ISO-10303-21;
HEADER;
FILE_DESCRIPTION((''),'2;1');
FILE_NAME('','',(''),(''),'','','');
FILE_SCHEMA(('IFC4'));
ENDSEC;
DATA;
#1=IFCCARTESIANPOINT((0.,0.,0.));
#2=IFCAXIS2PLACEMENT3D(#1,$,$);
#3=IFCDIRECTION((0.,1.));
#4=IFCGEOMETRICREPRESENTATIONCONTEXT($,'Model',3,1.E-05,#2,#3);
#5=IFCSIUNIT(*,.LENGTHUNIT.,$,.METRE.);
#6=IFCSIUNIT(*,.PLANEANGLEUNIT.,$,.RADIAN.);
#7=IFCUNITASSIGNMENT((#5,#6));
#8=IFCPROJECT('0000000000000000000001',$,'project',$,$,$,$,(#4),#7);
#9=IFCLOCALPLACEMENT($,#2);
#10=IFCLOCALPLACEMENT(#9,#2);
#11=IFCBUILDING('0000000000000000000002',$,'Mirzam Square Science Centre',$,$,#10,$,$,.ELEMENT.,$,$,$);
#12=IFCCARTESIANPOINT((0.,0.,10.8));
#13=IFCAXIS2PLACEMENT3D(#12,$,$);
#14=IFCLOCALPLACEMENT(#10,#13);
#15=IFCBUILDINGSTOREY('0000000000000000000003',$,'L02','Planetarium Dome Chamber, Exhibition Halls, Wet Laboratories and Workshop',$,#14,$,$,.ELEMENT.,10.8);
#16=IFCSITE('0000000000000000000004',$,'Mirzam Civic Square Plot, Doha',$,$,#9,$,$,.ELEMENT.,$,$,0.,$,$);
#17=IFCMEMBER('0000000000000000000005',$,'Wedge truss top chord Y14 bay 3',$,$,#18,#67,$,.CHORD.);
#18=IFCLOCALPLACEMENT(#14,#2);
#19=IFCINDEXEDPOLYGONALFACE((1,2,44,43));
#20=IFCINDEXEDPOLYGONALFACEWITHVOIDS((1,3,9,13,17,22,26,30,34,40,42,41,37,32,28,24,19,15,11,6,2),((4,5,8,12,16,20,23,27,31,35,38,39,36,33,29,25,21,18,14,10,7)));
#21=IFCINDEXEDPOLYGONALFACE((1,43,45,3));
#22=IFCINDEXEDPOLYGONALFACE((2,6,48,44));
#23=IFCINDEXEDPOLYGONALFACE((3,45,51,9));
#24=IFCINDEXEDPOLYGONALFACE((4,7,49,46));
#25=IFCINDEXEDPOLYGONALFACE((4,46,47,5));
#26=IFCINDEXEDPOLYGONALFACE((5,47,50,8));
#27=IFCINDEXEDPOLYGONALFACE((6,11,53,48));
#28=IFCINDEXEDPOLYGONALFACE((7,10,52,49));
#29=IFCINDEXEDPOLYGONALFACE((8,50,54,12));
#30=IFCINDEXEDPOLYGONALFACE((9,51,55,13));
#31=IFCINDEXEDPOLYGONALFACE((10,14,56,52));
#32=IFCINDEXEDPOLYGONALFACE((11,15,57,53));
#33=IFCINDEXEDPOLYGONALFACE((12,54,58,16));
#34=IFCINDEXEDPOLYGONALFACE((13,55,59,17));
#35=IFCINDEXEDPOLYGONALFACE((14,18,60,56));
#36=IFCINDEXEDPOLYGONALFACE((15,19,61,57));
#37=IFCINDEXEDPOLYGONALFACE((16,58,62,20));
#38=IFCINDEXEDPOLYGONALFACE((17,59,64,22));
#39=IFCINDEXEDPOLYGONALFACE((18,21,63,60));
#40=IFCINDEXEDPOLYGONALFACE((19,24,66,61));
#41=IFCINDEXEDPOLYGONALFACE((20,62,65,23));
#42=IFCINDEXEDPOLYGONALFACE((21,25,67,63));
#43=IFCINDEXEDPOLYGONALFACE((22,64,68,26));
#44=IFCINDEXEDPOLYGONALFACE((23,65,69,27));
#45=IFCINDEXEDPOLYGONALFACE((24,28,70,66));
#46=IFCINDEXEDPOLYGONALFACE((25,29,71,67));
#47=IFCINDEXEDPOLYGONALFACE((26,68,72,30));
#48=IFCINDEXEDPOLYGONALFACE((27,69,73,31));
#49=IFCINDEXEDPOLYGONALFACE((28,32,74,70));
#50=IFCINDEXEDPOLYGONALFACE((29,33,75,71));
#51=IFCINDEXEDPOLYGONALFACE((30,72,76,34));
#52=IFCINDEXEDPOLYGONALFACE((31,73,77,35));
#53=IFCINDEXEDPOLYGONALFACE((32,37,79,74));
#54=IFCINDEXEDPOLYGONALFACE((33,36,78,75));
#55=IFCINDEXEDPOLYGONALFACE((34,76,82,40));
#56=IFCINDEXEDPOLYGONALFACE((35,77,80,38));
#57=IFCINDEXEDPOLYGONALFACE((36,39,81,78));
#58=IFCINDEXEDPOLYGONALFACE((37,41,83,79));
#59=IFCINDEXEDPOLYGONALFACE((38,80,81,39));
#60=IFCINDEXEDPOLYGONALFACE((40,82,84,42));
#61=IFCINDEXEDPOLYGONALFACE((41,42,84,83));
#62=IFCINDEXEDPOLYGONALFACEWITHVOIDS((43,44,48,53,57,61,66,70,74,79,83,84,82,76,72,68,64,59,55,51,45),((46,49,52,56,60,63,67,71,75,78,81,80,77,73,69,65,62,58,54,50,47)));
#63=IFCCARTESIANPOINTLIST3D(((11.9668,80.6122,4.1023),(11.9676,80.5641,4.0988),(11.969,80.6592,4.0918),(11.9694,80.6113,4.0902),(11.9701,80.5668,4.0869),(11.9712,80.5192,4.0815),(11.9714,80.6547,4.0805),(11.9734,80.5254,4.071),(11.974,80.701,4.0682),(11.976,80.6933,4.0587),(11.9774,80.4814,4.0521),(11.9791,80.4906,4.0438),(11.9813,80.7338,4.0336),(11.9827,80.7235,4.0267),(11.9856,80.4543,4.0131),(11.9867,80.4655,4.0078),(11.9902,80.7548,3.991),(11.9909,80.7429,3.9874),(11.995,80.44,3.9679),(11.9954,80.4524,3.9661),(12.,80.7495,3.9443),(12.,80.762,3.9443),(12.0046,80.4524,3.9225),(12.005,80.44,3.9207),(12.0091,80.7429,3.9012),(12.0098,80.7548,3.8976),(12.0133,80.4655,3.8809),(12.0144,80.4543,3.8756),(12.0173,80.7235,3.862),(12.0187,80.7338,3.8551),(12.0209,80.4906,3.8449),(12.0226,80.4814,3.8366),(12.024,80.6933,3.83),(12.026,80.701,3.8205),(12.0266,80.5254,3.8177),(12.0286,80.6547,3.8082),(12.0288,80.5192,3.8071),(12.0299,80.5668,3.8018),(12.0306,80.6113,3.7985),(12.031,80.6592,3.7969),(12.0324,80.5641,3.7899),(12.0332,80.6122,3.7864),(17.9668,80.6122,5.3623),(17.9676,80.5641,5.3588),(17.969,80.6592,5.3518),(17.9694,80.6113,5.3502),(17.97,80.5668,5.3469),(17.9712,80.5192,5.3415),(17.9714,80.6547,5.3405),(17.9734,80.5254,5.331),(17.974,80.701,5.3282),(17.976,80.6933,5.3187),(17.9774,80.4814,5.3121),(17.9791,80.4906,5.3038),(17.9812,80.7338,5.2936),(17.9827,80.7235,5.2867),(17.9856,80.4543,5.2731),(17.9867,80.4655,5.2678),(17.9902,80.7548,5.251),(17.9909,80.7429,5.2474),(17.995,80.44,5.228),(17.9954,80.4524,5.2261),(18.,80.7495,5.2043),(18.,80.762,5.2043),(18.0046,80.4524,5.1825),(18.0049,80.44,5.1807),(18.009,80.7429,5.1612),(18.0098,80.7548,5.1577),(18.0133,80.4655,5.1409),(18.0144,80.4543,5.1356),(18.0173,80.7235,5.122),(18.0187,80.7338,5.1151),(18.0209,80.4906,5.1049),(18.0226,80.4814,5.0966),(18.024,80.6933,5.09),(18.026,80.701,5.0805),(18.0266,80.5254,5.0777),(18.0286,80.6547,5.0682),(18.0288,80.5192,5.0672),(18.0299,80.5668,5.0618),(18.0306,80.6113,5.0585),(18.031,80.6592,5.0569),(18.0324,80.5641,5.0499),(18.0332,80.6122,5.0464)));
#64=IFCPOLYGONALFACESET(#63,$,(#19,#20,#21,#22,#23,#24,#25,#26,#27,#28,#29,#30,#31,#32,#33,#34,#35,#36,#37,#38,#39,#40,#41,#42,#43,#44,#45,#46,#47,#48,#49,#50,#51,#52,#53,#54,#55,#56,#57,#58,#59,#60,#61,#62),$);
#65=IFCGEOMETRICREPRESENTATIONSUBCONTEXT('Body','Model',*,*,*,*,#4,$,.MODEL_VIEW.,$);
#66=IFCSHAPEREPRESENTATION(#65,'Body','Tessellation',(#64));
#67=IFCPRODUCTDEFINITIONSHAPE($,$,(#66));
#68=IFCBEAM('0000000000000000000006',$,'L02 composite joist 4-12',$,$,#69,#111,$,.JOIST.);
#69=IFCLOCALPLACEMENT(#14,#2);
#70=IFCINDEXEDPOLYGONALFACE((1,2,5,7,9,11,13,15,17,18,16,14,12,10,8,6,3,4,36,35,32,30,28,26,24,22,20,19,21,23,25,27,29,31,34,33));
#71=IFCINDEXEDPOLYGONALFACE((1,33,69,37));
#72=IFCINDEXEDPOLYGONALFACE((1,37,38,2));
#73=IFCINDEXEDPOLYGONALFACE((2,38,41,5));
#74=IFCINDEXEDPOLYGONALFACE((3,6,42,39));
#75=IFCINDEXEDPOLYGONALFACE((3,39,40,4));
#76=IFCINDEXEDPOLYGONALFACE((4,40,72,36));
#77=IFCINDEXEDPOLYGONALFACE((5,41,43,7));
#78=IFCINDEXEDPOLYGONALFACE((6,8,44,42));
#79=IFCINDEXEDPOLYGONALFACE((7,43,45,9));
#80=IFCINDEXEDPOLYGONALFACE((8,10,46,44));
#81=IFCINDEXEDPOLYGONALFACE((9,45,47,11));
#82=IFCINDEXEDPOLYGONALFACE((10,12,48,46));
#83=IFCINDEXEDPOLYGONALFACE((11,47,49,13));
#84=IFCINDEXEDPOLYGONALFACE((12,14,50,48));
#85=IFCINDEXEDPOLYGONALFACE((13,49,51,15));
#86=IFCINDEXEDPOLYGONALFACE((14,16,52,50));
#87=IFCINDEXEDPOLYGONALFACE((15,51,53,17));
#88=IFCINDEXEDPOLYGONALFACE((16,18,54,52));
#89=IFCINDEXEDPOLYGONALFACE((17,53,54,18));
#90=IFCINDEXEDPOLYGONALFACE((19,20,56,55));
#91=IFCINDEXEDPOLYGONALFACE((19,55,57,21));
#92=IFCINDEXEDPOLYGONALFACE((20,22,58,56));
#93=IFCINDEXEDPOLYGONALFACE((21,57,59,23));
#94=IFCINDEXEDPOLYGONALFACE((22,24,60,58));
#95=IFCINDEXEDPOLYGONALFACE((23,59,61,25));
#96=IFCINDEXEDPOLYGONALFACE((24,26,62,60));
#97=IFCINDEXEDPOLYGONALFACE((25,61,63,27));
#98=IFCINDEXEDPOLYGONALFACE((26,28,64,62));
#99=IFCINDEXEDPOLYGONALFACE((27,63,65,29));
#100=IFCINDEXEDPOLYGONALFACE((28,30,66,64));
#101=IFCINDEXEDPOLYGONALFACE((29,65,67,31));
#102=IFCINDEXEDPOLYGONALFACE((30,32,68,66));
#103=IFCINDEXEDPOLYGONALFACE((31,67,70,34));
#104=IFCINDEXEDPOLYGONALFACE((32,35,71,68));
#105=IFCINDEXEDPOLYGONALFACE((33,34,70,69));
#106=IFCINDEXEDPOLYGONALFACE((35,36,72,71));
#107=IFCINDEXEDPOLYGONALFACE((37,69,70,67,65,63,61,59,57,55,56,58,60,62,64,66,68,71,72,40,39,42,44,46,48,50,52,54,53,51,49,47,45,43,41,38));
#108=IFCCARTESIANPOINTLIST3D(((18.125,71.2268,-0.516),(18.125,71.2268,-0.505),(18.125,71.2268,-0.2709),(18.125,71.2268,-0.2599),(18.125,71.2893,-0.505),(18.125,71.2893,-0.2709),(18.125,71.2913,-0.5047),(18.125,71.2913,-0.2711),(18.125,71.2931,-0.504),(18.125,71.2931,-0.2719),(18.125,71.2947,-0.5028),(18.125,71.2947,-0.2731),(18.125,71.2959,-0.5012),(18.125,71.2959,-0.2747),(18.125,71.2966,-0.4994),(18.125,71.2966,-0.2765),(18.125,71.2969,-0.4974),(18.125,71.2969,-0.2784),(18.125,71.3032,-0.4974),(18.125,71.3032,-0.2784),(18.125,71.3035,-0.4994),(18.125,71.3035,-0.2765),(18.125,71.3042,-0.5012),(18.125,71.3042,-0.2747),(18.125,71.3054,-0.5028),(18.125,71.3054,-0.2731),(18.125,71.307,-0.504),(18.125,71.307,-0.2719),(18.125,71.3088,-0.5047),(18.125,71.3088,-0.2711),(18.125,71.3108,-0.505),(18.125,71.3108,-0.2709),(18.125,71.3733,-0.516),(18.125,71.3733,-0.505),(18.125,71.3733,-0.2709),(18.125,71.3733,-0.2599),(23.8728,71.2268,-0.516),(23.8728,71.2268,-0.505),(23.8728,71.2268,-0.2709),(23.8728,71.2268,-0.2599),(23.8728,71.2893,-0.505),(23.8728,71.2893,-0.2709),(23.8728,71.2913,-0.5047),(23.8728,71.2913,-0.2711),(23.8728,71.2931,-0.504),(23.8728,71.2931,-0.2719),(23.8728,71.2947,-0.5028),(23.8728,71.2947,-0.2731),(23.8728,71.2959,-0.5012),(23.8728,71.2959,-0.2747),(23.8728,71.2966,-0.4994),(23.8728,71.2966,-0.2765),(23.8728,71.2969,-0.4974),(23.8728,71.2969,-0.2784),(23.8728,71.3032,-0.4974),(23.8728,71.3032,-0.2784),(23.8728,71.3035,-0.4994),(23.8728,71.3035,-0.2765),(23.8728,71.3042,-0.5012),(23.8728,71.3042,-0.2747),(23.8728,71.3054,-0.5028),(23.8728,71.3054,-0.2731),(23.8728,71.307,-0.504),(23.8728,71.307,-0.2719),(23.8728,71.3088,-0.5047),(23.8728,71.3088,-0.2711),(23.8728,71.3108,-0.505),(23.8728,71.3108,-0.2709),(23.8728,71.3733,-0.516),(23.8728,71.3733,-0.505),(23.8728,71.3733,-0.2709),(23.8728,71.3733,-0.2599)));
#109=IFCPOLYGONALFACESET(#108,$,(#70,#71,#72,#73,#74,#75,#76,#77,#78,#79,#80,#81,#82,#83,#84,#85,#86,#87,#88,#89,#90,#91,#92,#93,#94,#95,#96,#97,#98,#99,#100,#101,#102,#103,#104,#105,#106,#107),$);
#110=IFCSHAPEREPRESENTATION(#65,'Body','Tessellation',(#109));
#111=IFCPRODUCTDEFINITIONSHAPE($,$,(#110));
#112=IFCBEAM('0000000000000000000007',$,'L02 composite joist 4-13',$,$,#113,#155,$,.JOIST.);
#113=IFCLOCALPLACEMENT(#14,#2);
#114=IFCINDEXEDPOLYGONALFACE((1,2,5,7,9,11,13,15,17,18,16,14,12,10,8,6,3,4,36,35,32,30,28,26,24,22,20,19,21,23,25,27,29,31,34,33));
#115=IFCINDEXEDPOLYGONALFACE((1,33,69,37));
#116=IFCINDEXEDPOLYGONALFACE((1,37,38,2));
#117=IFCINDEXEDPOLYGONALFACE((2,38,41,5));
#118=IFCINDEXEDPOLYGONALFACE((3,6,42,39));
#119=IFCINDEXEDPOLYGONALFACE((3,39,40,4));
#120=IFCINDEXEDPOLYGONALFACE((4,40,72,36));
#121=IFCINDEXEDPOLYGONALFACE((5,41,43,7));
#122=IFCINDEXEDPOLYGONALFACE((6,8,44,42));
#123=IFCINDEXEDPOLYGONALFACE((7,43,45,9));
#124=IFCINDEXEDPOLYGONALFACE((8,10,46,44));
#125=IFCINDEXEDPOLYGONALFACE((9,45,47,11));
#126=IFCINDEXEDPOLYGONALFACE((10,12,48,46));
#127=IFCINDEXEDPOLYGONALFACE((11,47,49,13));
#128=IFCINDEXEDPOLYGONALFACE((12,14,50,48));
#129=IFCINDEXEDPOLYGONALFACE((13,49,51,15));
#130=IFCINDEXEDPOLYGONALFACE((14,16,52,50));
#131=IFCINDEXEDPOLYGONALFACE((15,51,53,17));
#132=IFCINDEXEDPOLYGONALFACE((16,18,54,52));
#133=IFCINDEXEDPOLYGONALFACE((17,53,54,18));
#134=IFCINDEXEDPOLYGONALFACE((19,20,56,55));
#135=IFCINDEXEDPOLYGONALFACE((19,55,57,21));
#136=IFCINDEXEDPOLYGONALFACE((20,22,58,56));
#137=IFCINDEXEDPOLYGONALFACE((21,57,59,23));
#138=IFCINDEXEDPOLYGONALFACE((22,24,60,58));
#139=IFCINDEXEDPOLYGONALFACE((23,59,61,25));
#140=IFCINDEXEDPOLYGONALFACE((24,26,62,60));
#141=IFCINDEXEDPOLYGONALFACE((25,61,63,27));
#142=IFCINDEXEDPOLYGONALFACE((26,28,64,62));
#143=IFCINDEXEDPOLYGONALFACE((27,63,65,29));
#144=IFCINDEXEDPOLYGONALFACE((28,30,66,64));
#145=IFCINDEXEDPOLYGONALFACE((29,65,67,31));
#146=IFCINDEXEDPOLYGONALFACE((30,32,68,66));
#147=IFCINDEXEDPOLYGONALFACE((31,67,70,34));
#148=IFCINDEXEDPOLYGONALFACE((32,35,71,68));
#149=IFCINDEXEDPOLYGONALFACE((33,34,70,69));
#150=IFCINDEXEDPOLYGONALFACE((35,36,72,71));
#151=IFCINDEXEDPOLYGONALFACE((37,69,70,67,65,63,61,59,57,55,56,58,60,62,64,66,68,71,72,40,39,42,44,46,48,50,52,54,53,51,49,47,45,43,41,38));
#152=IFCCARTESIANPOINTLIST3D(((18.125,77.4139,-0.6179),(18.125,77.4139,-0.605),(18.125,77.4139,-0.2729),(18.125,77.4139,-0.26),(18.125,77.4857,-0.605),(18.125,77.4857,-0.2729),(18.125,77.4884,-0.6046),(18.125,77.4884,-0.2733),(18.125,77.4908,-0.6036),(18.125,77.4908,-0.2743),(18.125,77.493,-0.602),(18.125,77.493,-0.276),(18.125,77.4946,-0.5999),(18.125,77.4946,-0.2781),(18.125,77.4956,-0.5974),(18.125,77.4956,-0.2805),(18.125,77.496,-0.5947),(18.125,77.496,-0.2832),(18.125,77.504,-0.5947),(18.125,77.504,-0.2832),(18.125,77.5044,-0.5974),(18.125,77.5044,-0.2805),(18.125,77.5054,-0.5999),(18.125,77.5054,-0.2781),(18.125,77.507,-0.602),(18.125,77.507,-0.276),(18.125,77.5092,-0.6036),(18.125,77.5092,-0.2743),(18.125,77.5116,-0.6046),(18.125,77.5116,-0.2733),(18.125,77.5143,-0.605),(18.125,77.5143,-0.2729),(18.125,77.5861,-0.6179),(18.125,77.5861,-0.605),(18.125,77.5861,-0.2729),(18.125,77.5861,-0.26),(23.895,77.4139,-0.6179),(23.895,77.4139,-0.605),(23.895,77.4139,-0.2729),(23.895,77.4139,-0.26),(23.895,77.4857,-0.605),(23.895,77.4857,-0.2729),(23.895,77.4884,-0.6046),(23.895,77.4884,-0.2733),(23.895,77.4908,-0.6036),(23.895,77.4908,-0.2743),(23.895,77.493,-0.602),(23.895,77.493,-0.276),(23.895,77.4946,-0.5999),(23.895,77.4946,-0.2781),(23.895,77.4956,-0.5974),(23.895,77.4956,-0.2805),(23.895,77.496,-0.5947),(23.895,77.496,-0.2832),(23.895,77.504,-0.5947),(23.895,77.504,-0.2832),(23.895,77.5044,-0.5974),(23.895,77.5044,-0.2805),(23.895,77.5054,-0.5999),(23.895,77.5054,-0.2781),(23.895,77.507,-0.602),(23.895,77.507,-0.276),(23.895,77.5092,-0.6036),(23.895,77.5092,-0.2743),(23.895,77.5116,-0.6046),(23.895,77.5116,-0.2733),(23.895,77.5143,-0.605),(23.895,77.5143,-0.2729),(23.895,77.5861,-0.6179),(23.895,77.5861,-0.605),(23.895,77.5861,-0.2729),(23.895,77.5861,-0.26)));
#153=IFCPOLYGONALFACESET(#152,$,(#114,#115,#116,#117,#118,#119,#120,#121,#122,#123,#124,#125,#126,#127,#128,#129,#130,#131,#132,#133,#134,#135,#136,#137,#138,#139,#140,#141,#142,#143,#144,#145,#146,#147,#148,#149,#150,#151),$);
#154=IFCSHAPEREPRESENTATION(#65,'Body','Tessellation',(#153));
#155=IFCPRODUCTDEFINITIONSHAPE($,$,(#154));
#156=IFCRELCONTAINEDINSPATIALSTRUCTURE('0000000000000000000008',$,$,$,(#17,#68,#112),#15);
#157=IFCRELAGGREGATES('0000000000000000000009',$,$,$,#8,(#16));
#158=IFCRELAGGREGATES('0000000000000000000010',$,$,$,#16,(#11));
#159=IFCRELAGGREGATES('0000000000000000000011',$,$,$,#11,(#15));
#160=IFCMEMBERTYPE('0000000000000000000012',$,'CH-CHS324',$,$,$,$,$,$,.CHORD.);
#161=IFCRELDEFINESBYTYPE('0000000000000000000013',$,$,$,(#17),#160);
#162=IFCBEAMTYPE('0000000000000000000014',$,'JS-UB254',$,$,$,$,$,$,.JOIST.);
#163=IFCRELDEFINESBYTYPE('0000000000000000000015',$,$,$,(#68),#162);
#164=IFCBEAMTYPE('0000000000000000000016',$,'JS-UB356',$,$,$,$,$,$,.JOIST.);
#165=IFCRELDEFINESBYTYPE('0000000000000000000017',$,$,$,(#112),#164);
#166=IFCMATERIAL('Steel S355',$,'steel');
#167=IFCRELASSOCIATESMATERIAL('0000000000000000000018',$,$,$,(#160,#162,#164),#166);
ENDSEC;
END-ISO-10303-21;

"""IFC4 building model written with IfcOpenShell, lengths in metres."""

from ifc_helpers import new_model, si_unit, direction, frame, origin, origin_2d, place, context, subcontext, project, spatial, hollow_circle, i_section, extrude, material, material_profile, profile_set, type_object, element, save


model = new_model("IFC4")

# Units and contexts
model_context = context("Model", 3, precision=1e-05, world=origin(), true_north=direction((0.0, 1.0)))
body_context = subcontext(model_context, "Body", "Model", "MODEL_VIEW")
ifc_project = project(units=[si_unit("LENGTHUNIT", "METRE"), si_unit("PLANEANGLEUNIT", "RADIAN")], contexts=[model_context])

# Site, building, storey
site_placement = place(None, origin())
site = spatial("IfcSite", under=ifc_project, at=site_placement, Name="Mirzam Civic Square Plot, Doha", CompositionType="ELEMENT", RefElevation=0.0)
building_placement = place(site_placement, origin())
building = spatial("IfcBuilding", under=site, at=building_placement, Name="Mirzam Square Science Centre", CompositionType="ELEMENT")
storey_placement = place(building_placement, frame((0.0, 0.0, 10.8)))
storey = spatial("IfcBuildingStorey", under=building, at=storey_placement, Name="L02", Description="Planetarium Dome Chamber, Exhibition Halls, Wet Laboratories and Workshop", CompositionType="ELEMENT", Elevation=10.8)

# Shared definitions
ifc_material_1 = material(Name="Steel S355", Category="steel")

# Member
ifc_material_profile_1 = material_profile(ifc_material_1, hollow_circle(Radius=0.1619, WallThickness=0.0125, at=origin_2d()), Name="323.9x12.5CHS")
ifc_profile_set_1 = profile_set([ifc_material_profile_1], Name="Steel S355")
member_type_1 = type_object("IfcMemberType", Name="CH-CHS324", PredefinedType="CHORD", material=ifc_profile_set_1)
member_1_placement = place(storey_placement, frame((12.0, 80.6001, 3.9443), z_axis=(0.978653, 0.0, 0.205519), x_axis=(0.0, 1.0, 0.0)))
element("IfcMember", 1, at=member_1_placement, inside=storey, type_object=member_type_1, Name="Wedge truss top chord Y14 bay 3", PredefinedType="CHORD", context=body_context, shape_type="SweptSolid", body=[
    extrude(hollow_circle(Radius=0.1619, WallThickness=0.0125, at=origin_2d()), origin(), (0.0, 0.0, 1.0), 6.1309),
])

# Beams
ifc_material_profile_2 = material_profile(ifc_material_1, i_section(OverallWidth=0.1465, OverallDepth=0.2561, WebThickness=0.0063, FlangeThickness=0.011, FilletRadius=0.0076, at=origin_2d()), Name="254x146x37UB")
ifc_profile_set_2 = profile_set([ifc_material_profile_2], Name="Steel S355")
beam_type_1 = type_object("IfcBeamType", Name="JS-UB254", PredefinedType="JOIST", material=ifc_profile_set_2)
beam_1_placement = place(storey_placement, frame((18.125, 71.3, -0.3879), z_axis=(1.0, 0.0, 0.0), x_axis=(0.0, 1.0, 0.0)))
element("IfcBeam", 2, at=beam_1_placement, inside=storey, type_object=beam_type_1, Name="L02 composite joist 4-12", PredefinedType="JOIST", context=body_context, shape_type="SweptSolid", body=[
    extrude(i_section(OverallWidth=0.1465, OverallDepth=0.2561, WebThickness=0.0063, FlangeThickness=0.011, FilletRadius=0.0076, at=origin_2d()), origin(), (0.0, 0.0, 1.0), 5.7478),
])
ifc_material_profile_3 = material_profile(ifc_material_1, i_section(OverallWidth=0.1721, OverallDepth=0.3579, WebThickness=0.0081, FlangeThickness=0.0129, FilletRadius=0.0103, at=origin_2d()), Name="356x171x57UB")
ifc_profile_set_3 = profile_set([ifc_material_profile_3], Name="Steel S355")
beam_type_2 = type_object("IfcBeamType", Name="JS-UB356", PredefinedType="JOIST", material=ifc_profile_set_3)
beam_2_placement = place(storey_placement, frame((18.125, 77.5, -0.439), z_axis=(1.0, 0.0, 0.0), x_axis=(0.0, 1.0, 0.0)))
element("IfcBeam", 3, at=beam_2_placement, inside=storey, type_object=beam_type_2, Name="L02 composite joist 4-13", PredefinedType="JOIST", context=body_context, shape_type="SweptSolid", body=[
    extrude(i_section(OverallWidth=0.1721, OverallDepth=0.3579, WebThickness=0.0081, FlangeThickness=0.0129, FilletRadius=0.0103, at=origin_2d()), origin(), (0.0, 0.0, 1.0), 5.77),
])

save(model, "model.ifc")
